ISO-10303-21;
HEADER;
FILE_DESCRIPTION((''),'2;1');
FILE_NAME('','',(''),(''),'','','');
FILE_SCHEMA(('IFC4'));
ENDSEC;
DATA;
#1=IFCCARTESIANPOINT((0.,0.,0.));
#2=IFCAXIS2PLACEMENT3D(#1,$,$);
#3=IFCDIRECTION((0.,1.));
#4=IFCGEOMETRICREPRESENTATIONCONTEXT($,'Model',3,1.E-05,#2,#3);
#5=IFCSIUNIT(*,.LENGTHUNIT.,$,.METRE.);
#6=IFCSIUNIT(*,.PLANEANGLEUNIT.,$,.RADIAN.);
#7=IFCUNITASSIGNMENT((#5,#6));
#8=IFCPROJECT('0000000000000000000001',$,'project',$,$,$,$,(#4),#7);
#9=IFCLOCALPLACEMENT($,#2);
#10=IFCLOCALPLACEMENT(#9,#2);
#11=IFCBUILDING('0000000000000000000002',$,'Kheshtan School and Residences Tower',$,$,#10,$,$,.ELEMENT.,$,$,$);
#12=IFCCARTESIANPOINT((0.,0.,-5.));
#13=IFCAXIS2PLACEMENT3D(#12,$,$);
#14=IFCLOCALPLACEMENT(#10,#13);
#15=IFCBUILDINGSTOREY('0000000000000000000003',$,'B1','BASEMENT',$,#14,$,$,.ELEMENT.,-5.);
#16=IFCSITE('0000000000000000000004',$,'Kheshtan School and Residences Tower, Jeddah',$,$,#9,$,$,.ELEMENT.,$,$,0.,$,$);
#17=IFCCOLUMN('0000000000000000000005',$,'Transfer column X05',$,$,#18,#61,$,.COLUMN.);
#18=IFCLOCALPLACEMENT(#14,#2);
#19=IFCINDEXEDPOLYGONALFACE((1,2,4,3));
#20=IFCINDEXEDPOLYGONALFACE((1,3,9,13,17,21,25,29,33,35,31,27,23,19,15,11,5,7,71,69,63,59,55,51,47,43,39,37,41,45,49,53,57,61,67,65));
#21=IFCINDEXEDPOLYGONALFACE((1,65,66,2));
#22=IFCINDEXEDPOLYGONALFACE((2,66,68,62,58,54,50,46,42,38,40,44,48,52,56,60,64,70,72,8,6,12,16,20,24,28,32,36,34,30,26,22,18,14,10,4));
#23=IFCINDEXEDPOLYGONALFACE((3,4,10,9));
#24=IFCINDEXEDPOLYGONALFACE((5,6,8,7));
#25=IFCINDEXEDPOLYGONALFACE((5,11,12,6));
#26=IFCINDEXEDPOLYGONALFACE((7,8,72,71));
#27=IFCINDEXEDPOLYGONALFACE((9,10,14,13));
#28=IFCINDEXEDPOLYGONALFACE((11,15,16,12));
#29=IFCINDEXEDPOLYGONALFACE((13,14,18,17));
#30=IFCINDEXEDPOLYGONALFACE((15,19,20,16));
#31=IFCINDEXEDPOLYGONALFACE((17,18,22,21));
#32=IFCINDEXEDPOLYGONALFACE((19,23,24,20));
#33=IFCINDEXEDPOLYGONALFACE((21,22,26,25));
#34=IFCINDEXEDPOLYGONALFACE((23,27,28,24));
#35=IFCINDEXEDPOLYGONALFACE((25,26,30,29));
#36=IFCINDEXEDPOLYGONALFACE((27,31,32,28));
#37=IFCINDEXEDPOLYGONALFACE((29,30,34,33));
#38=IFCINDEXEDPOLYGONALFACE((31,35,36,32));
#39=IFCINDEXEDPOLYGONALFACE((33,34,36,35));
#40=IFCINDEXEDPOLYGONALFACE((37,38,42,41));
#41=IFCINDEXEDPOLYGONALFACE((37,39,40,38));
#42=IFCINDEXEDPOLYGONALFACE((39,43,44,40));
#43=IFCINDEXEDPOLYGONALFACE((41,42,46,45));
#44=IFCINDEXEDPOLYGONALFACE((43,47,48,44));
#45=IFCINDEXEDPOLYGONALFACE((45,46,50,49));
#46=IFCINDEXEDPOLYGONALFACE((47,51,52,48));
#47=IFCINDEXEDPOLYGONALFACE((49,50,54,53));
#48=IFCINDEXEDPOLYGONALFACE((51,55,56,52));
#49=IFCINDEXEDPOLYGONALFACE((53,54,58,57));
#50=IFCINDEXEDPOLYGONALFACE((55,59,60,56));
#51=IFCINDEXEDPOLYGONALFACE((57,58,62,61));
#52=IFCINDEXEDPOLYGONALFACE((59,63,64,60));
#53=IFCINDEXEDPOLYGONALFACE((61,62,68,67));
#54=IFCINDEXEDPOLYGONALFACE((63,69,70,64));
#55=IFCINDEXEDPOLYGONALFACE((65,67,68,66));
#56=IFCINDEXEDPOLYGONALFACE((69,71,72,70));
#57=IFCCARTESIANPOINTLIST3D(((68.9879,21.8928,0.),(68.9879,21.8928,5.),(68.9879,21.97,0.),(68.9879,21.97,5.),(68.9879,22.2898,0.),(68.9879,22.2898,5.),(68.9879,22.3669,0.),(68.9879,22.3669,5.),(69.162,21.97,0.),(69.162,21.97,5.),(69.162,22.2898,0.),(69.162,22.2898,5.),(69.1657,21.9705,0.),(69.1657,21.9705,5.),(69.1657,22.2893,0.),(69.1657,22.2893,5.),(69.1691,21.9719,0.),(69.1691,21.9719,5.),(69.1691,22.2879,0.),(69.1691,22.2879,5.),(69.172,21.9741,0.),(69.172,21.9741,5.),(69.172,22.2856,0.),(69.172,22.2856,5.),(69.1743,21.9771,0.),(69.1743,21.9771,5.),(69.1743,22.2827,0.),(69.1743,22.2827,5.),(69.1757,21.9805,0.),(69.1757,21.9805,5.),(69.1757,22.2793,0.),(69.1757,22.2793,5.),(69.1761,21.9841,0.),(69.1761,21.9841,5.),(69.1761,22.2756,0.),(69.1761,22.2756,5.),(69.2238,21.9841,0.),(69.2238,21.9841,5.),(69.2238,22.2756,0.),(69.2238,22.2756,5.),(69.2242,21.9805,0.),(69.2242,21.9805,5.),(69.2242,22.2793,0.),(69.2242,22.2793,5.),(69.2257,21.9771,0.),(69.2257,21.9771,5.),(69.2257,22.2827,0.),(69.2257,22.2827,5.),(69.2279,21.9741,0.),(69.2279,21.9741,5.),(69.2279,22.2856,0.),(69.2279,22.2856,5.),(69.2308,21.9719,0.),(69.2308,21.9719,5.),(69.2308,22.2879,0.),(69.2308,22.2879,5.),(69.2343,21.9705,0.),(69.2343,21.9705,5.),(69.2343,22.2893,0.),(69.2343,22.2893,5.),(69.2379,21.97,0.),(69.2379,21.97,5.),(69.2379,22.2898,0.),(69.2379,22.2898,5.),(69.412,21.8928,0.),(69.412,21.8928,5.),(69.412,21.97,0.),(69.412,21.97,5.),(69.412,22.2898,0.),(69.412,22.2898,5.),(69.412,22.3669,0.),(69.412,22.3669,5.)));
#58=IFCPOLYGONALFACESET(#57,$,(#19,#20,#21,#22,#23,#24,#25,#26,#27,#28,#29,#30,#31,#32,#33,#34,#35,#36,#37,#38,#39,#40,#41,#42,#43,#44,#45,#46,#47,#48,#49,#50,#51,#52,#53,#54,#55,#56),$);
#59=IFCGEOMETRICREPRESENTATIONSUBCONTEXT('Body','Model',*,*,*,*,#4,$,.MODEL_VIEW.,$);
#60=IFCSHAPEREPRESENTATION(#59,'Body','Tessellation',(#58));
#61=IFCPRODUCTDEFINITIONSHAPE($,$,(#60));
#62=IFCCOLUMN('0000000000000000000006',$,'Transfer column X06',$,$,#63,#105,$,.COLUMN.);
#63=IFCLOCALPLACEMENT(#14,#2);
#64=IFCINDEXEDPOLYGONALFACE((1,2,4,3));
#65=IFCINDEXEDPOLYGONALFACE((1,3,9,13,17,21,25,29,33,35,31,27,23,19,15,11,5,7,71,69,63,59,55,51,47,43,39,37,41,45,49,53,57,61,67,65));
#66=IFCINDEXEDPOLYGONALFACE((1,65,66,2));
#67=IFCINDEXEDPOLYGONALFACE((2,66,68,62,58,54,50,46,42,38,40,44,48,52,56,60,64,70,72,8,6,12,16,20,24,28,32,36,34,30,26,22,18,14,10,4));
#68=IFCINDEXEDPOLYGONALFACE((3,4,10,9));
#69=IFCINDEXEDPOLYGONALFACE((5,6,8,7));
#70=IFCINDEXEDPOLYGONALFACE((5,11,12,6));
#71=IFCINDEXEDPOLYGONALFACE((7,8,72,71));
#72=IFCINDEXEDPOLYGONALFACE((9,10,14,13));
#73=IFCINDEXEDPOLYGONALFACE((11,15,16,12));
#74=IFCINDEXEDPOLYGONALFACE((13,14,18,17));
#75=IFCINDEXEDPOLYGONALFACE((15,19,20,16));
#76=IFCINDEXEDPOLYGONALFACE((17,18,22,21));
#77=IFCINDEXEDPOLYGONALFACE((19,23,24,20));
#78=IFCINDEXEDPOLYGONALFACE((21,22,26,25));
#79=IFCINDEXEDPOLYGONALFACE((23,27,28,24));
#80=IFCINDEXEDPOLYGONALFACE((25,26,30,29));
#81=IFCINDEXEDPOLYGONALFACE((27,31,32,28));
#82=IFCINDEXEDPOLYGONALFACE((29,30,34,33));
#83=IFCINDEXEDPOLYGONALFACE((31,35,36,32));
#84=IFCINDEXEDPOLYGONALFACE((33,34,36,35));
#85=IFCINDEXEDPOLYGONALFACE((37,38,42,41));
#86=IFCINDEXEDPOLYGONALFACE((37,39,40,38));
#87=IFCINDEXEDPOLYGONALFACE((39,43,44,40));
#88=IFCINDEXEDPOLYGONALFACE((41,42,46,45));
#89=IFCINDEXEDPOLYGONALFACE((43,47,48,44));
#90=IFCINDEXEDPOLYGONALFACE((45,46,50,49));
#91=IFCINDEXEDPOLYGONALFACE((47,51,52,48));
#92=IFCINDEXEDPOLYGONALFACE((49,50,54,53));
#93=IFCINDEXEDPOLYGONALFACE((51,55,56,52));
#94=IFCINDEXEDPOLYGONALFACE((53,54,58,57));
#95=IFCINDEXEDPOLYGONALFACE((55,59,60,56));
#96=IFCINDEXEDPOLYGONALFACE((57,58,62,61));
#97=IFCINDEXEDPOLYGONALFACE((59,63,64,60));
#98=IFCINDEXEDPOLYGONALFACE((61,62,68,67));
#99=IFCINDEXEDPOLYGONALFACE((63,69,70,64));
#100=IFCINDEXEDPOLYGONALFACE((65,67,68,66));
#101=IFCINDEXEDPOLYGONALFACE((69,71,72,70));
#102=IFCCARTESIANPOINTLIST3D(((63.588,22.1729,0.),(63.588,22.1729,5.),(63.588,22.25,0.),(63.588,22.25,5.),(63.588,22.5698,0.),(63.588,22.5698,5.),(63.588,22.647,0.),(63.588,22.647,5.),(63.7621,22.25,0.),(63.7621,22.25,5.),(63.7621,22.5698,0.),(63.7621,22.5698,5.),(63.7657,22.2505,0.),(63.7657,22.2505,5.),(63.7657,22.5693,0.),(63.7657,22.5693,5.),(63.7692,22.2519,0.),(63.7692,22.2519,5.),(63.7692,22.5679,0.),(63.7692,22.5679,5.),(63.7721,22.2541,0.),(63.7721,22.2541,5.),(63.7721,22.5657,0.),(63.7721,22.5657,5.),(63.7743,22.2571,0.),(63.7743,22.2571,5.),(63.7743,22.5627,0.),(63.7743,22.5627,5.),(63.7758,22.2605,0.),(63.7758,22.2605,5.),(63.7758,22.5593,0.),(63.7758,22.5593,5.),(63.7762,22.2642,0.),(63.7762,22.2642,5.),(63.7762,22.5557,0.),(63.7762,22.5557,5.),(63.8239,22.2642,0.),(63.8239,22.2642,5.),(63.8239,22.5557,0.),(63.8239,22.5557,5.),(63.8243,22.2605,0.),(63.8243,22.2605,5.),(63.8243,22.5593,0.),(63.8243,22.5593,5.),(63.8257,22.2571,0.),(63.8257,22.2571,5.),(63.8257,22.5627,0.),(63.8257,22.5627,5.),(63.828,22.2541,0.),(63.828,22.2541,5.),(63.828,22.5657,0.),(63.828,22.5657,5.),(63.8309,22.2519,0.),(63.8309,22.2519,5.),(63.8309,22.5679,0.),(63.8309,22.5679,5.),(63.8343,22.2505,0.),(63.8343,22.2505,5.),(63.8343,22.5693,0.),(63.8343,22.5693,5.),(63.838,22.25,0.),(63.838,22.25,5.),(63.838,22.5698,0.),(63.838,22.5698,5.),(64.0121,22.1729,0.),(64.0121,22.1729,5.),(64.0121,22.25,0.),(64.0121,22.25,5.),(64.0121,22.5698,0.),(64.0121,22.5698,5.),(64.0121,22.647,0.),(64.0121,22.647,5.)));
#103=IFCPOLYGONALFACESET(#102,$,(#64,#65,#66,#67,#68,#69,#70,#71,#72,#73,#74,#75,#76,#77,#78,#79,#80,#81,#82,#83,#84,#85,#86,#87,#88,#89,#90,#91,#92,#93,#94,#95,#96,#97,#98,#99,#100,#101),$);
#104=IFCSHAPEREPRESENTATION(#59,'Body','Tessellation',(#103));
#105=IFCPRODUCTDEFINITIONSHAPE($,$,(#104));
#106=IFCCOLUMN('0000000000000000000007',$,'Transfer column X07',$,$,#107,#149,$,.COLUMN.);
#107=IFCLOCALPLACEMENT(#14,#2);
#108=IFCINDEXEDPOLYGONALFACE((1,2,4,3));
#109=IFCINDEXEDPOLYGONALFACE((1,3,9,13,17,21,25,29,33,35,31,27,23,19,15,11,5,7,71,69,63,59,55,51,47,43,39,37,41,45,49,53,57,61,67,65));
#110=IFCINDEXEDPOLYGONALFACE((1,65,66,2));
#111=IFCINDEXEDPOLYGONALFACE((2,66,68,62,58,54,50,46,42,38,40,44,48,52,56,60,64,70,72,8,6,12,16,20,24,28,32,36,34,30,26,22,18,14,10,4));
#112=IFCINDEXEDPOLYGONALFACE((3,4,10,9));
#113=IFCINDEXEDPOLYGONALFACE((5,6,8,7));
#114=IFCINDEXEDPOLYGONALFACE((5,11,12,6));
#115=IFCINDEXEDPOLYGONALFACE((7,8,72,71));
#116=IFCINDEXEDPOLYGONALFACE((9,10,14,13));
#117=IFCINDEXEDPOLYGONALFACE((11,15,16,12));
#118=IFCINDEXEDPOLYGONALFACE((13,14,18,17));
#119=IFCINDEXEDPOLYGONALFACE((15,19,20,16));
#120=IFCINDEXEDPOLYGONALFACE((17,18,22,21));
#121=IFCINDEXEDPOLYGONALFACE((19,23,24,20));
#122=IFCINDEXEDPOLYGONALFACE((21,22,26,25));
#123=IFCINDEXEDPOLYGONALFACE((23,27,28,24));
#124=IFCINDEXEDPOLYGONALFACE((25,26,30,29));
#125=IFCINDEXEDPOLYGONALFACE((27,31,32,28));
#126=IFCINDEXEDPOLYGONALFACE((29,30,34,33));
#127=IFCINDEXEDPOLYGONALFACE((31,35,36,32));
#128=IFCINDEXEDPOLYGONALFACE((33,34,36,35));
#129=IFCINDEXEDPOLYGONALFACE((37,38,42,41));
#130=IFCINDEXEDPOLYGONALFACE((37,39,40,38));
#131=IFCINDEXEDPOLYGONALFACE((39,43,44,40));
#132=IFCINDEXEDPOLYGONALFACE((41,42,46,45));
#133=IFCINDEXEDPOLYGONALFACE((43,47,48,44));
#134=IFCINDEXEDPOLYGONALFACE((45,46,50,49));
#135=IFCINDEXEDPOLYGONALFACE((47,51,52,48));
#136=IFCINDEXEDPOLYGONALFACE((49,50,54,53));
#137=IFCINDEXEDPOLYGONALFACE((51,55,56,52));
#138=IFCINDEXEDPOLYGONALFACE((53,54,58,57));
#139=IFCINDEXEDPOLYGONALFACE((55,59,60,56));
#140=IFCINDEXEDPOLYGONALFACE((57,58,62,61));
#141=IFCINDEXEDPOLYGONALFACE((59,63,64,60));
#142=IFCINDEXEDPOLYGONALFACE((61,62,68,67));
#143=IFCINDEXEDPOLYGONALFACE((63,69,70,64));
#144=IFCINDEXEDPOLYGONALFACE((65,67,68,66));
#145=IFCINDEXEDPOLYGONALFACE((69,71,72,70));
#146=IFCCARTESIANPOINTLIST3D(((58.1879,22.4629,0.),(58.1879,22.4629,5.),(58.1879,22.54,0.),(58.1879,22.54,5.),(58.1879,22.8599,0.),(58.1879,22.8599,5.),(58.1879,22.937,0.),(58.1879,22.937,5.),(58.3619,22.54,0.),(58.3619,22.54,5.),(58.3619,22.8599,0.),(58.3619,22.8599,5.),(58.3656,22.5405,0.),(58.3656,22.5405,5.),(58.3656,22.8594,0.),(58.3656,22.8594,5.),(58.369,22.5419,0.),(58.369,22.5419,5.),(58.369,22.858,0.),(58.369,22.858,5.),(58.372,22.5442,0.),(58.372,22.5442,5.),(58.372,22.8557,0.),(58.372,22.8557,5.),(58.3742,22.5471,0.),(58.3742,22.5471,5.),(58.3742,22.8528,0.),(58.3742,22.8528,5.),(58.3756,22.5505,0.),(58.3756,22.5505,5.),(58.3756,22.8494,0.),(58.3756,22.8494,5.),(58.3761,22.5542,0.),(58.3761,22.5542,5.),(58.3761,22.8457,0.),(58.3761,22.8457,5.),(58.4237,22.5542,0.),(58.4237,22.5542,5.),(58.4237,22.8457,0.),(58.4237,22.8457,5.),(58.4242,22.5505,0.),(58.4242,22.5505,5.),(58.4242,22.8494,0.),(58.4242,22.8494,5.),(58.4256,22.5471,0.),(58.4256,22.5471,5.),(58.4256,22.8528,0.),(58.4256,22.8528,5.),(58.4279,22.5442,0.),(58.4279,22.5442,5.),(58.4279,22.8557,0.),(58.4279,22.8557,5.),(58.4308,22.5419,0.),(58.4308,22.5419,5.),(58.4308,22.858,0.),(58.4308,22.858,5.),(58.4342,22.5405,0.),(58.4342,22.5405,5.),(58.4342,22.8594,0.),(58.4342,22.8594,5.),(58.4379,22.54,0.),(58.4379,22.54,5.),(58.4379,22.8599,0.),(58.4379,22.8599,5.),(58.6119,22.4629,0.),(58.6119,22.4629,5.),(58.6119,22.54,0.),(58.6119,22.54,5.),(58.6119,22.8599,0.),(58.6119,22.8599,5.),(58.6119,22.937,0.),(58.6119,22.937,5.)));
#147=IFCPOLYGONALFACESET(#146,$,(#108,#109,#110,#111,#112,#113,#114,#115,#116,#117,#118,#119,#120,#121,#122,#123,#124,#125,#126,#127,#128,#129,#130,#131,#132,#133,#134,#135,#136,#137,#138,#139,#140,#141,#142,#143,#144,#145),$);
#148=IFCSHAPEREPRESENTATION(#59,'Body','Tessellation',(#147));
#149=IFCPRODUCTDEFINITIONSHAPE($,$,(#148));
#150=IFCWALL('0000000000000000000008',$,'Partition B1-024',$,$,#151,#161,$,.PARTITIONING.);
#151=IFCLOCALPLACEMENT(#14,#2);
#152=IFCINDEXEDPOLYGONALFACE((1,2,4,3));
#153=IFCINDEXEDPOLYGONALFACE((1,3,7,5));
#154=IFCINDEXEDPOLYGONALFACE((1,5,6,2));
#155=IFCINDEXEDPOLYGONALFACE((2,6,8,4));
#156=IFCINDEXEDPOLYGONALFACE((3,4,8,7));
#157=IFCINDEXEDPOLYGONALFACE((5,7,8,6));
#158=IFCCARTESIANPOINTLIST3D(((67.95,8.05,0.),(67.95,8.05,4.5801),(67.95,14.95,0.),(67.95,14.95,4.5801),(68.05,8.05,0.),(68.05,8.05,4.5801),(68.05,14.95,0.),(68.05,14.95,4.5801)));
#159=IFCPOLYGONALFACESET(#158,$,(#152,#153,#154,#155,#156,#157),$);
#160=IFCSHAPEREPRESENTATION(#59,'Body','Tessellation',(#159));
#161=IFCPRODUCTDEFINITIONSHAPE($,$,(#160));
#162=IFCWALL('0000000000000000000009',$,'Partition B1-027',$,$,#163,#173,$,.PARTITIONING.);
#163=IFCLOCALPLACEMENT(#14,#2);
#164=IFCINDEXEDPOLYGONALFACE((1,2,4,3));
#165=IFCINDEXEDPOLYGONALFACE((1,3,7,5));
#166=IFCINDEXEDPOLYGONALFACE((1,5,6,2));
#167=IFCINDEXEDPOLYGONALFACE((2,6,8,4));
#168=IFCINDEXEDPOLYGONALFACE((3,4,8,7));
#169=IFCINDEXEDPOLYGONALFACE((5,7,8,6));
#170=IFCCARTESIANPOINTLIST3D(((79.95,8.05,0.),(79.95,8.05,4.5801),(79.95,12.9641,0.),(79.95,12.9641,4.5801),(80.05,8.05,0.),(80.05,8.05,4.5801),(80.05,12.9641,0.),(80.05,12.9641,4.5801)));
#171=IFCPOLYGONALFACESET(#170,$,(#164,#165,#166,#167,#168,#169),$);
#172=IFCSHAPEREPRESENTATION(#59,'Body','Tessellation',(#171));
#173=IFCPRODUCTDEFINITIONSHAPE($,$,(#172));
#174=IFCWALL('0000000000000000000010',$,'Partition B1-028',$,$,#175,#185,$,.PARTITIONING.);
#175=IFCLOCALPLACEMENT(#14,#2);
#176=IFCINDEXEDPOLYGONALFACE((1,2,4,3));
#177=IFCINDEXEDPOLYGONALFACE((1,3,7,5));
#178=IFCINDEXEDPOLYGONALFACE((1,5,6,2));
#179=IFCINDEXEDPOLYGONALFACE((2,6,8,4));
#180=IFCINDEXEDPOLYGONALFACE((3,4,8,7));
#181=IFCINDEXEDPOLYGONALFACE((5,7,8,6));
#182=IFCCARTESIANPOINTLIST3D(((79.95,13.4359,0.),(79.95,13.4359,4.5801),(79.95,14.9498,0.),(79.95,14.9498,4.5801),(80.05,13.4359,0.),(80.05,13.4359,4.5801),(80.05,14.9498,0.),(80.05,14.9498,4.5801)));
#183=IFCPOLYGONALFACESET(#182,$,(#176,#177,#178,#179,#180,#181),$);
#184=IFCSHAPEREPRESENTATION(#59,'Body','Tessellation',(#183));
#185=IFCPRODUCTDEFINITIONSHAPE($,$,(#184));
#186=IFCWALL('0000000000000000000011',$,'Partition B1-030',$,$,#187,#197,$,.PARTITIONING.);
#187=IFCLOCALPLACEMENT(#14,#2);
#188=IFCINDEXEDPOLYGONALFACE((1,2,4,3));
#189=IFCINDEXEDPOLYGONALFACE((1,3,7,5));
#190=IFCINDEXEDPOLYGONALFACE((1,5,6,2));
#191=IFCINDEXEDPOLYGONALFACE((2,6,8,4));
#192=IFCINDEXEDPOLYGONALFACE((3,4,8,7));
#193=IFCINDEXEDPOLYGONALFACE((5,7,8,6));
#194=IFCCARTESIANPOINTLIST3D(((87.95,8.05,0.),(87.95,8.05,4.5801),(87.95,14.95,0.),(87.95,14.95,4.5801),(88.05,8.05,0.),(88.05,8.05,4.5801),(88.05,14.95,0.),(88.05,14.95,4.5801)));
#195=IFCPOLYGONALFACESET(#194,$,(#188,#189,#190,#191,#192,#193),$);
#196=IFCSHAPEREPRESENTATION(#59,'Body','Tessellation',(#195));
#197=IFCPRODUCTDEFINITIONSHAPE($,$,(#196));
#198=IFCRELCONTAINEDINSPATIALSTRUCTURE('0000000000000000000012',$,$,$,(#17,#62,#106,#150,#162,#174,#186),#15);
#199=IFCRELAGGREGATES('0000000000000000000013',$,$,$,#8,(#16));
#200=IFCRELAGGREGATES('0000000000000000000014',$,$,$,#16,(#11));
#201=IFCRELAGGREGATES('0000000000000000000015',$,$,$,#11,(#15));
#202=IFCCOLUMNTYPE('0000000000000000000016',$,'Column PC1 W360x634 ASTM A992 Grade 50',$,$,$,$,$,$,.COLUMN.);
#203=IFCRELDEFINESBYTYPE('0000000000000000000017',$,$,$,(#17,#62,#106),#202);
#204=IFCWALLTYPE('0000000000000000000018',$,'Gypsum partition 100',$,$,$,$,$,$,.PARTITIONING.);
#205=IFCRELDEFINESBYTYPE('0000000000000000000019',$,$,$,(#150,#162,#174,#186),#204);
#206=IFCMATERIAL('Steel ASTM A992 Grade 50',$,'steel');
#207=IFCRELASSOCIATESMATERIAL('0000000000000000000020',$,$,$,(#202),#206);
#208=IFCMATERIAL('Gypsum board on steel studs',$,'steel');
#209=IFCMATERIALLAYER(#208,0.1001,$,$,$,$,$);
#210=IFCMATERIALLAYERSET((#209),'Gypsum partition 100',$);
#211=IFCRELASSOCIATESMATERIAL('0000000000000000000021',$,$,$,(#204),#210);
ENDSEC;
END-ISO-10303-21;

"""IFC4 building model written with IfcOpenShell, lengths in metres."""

from ifc_helpers import new_model, si_unit, direction, frame, frame_2d, origin, origin_2d, place, context, subcontext, project, spatial, rectangle, i_section, extrude, material, layer, layer_set, material_profile, profile_set, type_object, element, save


model = new_model("IFC4")

# Units and contexts
model_context = context("Model", 3, precision=1e-05, world=origin(), true_north=direction((0.0, 1.0)))
body_context = subcontext(model_context, "Body", "Model", "MODEL_VIEW")
ifc_project = project(units=[si_unit("LENGTHUNIT", "METRE"), si_unit("PLANEANGLEUNIT", "RADIAN")], contexts=[model_context])

# Site, building, storey
site_placement = place(None, origin())
site = spatial("IfcSite", under=ifc_project, at=site_placement, Name="Kheshtan School and Residences Tower, Jeddah", CompositionType="ELEMENT", RefElevation=0.0)
building_placement = place(site_placement, origin())
building = spatial("IfcBuilding", under=site, at=building_placement, Name="Kheshtan School and Residences Tower", CompositionType="ELEMENT")
storey_placement = place(building_placement, frame((0.0, 0.0, -5.0)))
storey = spatial("IfcBuildingStorey", under=building, at=storey_placement, Name="B1", Description="BASEMENT", CompositionType="ELEMENT", Elevation=-5.0)

# Columns
ifc_material_1 = material(Name="Steel ASTM A992 Grade 50", Category="steel")
ifc_material_profile = material_profile(ifc_material_1, i_section(OverallWidth=0.4241, OverallDepth=0.4741, WebThickness=0.0476, FlangeThickness=0.0771, FilletRadius=0.0142, at=origin_2d()), Name="W360x634")
ifc_profile_set = profile_set([ifc_material_profile], Name="Steel ASTM A992 Grade 50")
column_type = type_object("IfcColumnType", Name="Column PC1 W360x634 ASTM A992 Grade 50", PredefinedType="COLUMN", material=ifc_profile_set)
for number, where, z_axis, x_axis, name in (
    (1, (69.2, 22.1299, 0.0), (0.0, 0.0, 1.0), (1.0, 0.0, 0.0), "Transfer column X05"),
    (2, (63.8, 22.4099, 0.0), (0.0, 0.0, 1.0), (1.0, 0.0, 0.0), "Transfer column X06"),
    (3, (58.3999, 22.7, 0.0), (0.0, 0.0, 1.0), (1.0, 0.0, 0.0), "Transfer column X07"),
):
    element("IfcColumn", number, at=place(storey_placement, frame(where, z_axis=z_axis, x_axis=x_axis)), inside=storey, type_object=column_type, Name=name, PredefinedType="COLUMN", context=body_context, shape_type="SweptSolid", body=[
        extrude(i_section(OverallWidth=0.4241, OverallDepth=0.4741, WebThickness=0.0476, FlangeThickness=0.0771, FilletRadius=0.0142, at=origin_2d()), origin(), (0.0, 0.0, 1.0), 5.0),
    ])

# Walls
ifc_material_2 = material(Name="Gypsum board on steel studs", Category="steel")
ifc_layer_1 = layer(ifc_material_2, 0.1001)
ifc_layer_set_1 = layer_set([ifc_layer_1], Name="Gypsum partition 100")
wall_type_1 = type_object("IfcWallType", Name="Gypsum partition 100", PredefinedType="PARTITIONING", material=ifc_layer_set_1)
wall_1_placement = place(storey_placement, frame((68.0, 8.05, 0.0), z_axis=(0.0, 0.0, 1.0), x_axis=(0.0, 1.0, 0.0)))
element("IfcWall", 4, at=wall_1_placement, inside=storey, type_object=wall_type_1, Name="Partition B1-024", PredefinedType="PARTITIONING", context=body_context, shape_type="SweptSolid", body=[
    extrude(rectangle(XDim=6.8999, YDim=0.1001, at=frame_2d((3.45, 0.0))), origin(), (0.0, 0.0, 1.0), 4.5801),
])
wall_2_placement = place(storey_placement, frame((80.0, 8.05, 0.0), z_axis=(0.0, 0.0, 1.0), x_axis=(0.0, 1.0, 0.0)))
element("IfcWall", 5, at=wall_2_placement, inside=storey, type_object=wall_type_1, Name="Partition B1-027", PredefinedType="PARTITIONING", context=body_context, shape_type="SweptSolid", body=[
    extrude(rectangle(XDim=4.9141, YDim=0.1001, at=frame_2d((2.457, 0.0))), origin(), (0.0, 0.0, 1.0), 4.5801),
])
wall_3_placement = place(storey_placement, frame((80.0, 13.436, 0.0), z_axis=(0.0, 0.0, 1.0), x_axis=(0.0, 1.0, 0.0)))
element("IfcWall", 6, at=wall_3_placement, inside=storey, type_object=wall_type_1, Name="Partition B1-028", PredefinedType="PARTITIONING", context=body_context, shape_type="SweptSolid", body=[
    extrude(rectangle(XDim=1.5139, YDim=0.1001, at=frame_2d((0.7568, 0.0))), origin(), (0.0, 0.0, 1.0), 4.5801),
])
wall_4_placement = place(storey_placement, frame((88.0, 8.05, 0.0), z_axis=(0.0, 0.0, 1.0), x_axis=(0.0, 1.0, 0.0)))
element("IfcWall", 7, at=wall_4_placement, inside=storey, type_object=wall_type_1, Name="Partition B1-030", PredefinedType="PARTITIONING", context=body_context, shape_type="SweptSolid", body=[
    extrude(rectangle(XDim=6.8999, YDim=0.1001, at=frame_2d((3.45, 0.0))), origin(), (0.0, 0.0, 1.0), 4.5801),
])

save(model, "model.ifc")
